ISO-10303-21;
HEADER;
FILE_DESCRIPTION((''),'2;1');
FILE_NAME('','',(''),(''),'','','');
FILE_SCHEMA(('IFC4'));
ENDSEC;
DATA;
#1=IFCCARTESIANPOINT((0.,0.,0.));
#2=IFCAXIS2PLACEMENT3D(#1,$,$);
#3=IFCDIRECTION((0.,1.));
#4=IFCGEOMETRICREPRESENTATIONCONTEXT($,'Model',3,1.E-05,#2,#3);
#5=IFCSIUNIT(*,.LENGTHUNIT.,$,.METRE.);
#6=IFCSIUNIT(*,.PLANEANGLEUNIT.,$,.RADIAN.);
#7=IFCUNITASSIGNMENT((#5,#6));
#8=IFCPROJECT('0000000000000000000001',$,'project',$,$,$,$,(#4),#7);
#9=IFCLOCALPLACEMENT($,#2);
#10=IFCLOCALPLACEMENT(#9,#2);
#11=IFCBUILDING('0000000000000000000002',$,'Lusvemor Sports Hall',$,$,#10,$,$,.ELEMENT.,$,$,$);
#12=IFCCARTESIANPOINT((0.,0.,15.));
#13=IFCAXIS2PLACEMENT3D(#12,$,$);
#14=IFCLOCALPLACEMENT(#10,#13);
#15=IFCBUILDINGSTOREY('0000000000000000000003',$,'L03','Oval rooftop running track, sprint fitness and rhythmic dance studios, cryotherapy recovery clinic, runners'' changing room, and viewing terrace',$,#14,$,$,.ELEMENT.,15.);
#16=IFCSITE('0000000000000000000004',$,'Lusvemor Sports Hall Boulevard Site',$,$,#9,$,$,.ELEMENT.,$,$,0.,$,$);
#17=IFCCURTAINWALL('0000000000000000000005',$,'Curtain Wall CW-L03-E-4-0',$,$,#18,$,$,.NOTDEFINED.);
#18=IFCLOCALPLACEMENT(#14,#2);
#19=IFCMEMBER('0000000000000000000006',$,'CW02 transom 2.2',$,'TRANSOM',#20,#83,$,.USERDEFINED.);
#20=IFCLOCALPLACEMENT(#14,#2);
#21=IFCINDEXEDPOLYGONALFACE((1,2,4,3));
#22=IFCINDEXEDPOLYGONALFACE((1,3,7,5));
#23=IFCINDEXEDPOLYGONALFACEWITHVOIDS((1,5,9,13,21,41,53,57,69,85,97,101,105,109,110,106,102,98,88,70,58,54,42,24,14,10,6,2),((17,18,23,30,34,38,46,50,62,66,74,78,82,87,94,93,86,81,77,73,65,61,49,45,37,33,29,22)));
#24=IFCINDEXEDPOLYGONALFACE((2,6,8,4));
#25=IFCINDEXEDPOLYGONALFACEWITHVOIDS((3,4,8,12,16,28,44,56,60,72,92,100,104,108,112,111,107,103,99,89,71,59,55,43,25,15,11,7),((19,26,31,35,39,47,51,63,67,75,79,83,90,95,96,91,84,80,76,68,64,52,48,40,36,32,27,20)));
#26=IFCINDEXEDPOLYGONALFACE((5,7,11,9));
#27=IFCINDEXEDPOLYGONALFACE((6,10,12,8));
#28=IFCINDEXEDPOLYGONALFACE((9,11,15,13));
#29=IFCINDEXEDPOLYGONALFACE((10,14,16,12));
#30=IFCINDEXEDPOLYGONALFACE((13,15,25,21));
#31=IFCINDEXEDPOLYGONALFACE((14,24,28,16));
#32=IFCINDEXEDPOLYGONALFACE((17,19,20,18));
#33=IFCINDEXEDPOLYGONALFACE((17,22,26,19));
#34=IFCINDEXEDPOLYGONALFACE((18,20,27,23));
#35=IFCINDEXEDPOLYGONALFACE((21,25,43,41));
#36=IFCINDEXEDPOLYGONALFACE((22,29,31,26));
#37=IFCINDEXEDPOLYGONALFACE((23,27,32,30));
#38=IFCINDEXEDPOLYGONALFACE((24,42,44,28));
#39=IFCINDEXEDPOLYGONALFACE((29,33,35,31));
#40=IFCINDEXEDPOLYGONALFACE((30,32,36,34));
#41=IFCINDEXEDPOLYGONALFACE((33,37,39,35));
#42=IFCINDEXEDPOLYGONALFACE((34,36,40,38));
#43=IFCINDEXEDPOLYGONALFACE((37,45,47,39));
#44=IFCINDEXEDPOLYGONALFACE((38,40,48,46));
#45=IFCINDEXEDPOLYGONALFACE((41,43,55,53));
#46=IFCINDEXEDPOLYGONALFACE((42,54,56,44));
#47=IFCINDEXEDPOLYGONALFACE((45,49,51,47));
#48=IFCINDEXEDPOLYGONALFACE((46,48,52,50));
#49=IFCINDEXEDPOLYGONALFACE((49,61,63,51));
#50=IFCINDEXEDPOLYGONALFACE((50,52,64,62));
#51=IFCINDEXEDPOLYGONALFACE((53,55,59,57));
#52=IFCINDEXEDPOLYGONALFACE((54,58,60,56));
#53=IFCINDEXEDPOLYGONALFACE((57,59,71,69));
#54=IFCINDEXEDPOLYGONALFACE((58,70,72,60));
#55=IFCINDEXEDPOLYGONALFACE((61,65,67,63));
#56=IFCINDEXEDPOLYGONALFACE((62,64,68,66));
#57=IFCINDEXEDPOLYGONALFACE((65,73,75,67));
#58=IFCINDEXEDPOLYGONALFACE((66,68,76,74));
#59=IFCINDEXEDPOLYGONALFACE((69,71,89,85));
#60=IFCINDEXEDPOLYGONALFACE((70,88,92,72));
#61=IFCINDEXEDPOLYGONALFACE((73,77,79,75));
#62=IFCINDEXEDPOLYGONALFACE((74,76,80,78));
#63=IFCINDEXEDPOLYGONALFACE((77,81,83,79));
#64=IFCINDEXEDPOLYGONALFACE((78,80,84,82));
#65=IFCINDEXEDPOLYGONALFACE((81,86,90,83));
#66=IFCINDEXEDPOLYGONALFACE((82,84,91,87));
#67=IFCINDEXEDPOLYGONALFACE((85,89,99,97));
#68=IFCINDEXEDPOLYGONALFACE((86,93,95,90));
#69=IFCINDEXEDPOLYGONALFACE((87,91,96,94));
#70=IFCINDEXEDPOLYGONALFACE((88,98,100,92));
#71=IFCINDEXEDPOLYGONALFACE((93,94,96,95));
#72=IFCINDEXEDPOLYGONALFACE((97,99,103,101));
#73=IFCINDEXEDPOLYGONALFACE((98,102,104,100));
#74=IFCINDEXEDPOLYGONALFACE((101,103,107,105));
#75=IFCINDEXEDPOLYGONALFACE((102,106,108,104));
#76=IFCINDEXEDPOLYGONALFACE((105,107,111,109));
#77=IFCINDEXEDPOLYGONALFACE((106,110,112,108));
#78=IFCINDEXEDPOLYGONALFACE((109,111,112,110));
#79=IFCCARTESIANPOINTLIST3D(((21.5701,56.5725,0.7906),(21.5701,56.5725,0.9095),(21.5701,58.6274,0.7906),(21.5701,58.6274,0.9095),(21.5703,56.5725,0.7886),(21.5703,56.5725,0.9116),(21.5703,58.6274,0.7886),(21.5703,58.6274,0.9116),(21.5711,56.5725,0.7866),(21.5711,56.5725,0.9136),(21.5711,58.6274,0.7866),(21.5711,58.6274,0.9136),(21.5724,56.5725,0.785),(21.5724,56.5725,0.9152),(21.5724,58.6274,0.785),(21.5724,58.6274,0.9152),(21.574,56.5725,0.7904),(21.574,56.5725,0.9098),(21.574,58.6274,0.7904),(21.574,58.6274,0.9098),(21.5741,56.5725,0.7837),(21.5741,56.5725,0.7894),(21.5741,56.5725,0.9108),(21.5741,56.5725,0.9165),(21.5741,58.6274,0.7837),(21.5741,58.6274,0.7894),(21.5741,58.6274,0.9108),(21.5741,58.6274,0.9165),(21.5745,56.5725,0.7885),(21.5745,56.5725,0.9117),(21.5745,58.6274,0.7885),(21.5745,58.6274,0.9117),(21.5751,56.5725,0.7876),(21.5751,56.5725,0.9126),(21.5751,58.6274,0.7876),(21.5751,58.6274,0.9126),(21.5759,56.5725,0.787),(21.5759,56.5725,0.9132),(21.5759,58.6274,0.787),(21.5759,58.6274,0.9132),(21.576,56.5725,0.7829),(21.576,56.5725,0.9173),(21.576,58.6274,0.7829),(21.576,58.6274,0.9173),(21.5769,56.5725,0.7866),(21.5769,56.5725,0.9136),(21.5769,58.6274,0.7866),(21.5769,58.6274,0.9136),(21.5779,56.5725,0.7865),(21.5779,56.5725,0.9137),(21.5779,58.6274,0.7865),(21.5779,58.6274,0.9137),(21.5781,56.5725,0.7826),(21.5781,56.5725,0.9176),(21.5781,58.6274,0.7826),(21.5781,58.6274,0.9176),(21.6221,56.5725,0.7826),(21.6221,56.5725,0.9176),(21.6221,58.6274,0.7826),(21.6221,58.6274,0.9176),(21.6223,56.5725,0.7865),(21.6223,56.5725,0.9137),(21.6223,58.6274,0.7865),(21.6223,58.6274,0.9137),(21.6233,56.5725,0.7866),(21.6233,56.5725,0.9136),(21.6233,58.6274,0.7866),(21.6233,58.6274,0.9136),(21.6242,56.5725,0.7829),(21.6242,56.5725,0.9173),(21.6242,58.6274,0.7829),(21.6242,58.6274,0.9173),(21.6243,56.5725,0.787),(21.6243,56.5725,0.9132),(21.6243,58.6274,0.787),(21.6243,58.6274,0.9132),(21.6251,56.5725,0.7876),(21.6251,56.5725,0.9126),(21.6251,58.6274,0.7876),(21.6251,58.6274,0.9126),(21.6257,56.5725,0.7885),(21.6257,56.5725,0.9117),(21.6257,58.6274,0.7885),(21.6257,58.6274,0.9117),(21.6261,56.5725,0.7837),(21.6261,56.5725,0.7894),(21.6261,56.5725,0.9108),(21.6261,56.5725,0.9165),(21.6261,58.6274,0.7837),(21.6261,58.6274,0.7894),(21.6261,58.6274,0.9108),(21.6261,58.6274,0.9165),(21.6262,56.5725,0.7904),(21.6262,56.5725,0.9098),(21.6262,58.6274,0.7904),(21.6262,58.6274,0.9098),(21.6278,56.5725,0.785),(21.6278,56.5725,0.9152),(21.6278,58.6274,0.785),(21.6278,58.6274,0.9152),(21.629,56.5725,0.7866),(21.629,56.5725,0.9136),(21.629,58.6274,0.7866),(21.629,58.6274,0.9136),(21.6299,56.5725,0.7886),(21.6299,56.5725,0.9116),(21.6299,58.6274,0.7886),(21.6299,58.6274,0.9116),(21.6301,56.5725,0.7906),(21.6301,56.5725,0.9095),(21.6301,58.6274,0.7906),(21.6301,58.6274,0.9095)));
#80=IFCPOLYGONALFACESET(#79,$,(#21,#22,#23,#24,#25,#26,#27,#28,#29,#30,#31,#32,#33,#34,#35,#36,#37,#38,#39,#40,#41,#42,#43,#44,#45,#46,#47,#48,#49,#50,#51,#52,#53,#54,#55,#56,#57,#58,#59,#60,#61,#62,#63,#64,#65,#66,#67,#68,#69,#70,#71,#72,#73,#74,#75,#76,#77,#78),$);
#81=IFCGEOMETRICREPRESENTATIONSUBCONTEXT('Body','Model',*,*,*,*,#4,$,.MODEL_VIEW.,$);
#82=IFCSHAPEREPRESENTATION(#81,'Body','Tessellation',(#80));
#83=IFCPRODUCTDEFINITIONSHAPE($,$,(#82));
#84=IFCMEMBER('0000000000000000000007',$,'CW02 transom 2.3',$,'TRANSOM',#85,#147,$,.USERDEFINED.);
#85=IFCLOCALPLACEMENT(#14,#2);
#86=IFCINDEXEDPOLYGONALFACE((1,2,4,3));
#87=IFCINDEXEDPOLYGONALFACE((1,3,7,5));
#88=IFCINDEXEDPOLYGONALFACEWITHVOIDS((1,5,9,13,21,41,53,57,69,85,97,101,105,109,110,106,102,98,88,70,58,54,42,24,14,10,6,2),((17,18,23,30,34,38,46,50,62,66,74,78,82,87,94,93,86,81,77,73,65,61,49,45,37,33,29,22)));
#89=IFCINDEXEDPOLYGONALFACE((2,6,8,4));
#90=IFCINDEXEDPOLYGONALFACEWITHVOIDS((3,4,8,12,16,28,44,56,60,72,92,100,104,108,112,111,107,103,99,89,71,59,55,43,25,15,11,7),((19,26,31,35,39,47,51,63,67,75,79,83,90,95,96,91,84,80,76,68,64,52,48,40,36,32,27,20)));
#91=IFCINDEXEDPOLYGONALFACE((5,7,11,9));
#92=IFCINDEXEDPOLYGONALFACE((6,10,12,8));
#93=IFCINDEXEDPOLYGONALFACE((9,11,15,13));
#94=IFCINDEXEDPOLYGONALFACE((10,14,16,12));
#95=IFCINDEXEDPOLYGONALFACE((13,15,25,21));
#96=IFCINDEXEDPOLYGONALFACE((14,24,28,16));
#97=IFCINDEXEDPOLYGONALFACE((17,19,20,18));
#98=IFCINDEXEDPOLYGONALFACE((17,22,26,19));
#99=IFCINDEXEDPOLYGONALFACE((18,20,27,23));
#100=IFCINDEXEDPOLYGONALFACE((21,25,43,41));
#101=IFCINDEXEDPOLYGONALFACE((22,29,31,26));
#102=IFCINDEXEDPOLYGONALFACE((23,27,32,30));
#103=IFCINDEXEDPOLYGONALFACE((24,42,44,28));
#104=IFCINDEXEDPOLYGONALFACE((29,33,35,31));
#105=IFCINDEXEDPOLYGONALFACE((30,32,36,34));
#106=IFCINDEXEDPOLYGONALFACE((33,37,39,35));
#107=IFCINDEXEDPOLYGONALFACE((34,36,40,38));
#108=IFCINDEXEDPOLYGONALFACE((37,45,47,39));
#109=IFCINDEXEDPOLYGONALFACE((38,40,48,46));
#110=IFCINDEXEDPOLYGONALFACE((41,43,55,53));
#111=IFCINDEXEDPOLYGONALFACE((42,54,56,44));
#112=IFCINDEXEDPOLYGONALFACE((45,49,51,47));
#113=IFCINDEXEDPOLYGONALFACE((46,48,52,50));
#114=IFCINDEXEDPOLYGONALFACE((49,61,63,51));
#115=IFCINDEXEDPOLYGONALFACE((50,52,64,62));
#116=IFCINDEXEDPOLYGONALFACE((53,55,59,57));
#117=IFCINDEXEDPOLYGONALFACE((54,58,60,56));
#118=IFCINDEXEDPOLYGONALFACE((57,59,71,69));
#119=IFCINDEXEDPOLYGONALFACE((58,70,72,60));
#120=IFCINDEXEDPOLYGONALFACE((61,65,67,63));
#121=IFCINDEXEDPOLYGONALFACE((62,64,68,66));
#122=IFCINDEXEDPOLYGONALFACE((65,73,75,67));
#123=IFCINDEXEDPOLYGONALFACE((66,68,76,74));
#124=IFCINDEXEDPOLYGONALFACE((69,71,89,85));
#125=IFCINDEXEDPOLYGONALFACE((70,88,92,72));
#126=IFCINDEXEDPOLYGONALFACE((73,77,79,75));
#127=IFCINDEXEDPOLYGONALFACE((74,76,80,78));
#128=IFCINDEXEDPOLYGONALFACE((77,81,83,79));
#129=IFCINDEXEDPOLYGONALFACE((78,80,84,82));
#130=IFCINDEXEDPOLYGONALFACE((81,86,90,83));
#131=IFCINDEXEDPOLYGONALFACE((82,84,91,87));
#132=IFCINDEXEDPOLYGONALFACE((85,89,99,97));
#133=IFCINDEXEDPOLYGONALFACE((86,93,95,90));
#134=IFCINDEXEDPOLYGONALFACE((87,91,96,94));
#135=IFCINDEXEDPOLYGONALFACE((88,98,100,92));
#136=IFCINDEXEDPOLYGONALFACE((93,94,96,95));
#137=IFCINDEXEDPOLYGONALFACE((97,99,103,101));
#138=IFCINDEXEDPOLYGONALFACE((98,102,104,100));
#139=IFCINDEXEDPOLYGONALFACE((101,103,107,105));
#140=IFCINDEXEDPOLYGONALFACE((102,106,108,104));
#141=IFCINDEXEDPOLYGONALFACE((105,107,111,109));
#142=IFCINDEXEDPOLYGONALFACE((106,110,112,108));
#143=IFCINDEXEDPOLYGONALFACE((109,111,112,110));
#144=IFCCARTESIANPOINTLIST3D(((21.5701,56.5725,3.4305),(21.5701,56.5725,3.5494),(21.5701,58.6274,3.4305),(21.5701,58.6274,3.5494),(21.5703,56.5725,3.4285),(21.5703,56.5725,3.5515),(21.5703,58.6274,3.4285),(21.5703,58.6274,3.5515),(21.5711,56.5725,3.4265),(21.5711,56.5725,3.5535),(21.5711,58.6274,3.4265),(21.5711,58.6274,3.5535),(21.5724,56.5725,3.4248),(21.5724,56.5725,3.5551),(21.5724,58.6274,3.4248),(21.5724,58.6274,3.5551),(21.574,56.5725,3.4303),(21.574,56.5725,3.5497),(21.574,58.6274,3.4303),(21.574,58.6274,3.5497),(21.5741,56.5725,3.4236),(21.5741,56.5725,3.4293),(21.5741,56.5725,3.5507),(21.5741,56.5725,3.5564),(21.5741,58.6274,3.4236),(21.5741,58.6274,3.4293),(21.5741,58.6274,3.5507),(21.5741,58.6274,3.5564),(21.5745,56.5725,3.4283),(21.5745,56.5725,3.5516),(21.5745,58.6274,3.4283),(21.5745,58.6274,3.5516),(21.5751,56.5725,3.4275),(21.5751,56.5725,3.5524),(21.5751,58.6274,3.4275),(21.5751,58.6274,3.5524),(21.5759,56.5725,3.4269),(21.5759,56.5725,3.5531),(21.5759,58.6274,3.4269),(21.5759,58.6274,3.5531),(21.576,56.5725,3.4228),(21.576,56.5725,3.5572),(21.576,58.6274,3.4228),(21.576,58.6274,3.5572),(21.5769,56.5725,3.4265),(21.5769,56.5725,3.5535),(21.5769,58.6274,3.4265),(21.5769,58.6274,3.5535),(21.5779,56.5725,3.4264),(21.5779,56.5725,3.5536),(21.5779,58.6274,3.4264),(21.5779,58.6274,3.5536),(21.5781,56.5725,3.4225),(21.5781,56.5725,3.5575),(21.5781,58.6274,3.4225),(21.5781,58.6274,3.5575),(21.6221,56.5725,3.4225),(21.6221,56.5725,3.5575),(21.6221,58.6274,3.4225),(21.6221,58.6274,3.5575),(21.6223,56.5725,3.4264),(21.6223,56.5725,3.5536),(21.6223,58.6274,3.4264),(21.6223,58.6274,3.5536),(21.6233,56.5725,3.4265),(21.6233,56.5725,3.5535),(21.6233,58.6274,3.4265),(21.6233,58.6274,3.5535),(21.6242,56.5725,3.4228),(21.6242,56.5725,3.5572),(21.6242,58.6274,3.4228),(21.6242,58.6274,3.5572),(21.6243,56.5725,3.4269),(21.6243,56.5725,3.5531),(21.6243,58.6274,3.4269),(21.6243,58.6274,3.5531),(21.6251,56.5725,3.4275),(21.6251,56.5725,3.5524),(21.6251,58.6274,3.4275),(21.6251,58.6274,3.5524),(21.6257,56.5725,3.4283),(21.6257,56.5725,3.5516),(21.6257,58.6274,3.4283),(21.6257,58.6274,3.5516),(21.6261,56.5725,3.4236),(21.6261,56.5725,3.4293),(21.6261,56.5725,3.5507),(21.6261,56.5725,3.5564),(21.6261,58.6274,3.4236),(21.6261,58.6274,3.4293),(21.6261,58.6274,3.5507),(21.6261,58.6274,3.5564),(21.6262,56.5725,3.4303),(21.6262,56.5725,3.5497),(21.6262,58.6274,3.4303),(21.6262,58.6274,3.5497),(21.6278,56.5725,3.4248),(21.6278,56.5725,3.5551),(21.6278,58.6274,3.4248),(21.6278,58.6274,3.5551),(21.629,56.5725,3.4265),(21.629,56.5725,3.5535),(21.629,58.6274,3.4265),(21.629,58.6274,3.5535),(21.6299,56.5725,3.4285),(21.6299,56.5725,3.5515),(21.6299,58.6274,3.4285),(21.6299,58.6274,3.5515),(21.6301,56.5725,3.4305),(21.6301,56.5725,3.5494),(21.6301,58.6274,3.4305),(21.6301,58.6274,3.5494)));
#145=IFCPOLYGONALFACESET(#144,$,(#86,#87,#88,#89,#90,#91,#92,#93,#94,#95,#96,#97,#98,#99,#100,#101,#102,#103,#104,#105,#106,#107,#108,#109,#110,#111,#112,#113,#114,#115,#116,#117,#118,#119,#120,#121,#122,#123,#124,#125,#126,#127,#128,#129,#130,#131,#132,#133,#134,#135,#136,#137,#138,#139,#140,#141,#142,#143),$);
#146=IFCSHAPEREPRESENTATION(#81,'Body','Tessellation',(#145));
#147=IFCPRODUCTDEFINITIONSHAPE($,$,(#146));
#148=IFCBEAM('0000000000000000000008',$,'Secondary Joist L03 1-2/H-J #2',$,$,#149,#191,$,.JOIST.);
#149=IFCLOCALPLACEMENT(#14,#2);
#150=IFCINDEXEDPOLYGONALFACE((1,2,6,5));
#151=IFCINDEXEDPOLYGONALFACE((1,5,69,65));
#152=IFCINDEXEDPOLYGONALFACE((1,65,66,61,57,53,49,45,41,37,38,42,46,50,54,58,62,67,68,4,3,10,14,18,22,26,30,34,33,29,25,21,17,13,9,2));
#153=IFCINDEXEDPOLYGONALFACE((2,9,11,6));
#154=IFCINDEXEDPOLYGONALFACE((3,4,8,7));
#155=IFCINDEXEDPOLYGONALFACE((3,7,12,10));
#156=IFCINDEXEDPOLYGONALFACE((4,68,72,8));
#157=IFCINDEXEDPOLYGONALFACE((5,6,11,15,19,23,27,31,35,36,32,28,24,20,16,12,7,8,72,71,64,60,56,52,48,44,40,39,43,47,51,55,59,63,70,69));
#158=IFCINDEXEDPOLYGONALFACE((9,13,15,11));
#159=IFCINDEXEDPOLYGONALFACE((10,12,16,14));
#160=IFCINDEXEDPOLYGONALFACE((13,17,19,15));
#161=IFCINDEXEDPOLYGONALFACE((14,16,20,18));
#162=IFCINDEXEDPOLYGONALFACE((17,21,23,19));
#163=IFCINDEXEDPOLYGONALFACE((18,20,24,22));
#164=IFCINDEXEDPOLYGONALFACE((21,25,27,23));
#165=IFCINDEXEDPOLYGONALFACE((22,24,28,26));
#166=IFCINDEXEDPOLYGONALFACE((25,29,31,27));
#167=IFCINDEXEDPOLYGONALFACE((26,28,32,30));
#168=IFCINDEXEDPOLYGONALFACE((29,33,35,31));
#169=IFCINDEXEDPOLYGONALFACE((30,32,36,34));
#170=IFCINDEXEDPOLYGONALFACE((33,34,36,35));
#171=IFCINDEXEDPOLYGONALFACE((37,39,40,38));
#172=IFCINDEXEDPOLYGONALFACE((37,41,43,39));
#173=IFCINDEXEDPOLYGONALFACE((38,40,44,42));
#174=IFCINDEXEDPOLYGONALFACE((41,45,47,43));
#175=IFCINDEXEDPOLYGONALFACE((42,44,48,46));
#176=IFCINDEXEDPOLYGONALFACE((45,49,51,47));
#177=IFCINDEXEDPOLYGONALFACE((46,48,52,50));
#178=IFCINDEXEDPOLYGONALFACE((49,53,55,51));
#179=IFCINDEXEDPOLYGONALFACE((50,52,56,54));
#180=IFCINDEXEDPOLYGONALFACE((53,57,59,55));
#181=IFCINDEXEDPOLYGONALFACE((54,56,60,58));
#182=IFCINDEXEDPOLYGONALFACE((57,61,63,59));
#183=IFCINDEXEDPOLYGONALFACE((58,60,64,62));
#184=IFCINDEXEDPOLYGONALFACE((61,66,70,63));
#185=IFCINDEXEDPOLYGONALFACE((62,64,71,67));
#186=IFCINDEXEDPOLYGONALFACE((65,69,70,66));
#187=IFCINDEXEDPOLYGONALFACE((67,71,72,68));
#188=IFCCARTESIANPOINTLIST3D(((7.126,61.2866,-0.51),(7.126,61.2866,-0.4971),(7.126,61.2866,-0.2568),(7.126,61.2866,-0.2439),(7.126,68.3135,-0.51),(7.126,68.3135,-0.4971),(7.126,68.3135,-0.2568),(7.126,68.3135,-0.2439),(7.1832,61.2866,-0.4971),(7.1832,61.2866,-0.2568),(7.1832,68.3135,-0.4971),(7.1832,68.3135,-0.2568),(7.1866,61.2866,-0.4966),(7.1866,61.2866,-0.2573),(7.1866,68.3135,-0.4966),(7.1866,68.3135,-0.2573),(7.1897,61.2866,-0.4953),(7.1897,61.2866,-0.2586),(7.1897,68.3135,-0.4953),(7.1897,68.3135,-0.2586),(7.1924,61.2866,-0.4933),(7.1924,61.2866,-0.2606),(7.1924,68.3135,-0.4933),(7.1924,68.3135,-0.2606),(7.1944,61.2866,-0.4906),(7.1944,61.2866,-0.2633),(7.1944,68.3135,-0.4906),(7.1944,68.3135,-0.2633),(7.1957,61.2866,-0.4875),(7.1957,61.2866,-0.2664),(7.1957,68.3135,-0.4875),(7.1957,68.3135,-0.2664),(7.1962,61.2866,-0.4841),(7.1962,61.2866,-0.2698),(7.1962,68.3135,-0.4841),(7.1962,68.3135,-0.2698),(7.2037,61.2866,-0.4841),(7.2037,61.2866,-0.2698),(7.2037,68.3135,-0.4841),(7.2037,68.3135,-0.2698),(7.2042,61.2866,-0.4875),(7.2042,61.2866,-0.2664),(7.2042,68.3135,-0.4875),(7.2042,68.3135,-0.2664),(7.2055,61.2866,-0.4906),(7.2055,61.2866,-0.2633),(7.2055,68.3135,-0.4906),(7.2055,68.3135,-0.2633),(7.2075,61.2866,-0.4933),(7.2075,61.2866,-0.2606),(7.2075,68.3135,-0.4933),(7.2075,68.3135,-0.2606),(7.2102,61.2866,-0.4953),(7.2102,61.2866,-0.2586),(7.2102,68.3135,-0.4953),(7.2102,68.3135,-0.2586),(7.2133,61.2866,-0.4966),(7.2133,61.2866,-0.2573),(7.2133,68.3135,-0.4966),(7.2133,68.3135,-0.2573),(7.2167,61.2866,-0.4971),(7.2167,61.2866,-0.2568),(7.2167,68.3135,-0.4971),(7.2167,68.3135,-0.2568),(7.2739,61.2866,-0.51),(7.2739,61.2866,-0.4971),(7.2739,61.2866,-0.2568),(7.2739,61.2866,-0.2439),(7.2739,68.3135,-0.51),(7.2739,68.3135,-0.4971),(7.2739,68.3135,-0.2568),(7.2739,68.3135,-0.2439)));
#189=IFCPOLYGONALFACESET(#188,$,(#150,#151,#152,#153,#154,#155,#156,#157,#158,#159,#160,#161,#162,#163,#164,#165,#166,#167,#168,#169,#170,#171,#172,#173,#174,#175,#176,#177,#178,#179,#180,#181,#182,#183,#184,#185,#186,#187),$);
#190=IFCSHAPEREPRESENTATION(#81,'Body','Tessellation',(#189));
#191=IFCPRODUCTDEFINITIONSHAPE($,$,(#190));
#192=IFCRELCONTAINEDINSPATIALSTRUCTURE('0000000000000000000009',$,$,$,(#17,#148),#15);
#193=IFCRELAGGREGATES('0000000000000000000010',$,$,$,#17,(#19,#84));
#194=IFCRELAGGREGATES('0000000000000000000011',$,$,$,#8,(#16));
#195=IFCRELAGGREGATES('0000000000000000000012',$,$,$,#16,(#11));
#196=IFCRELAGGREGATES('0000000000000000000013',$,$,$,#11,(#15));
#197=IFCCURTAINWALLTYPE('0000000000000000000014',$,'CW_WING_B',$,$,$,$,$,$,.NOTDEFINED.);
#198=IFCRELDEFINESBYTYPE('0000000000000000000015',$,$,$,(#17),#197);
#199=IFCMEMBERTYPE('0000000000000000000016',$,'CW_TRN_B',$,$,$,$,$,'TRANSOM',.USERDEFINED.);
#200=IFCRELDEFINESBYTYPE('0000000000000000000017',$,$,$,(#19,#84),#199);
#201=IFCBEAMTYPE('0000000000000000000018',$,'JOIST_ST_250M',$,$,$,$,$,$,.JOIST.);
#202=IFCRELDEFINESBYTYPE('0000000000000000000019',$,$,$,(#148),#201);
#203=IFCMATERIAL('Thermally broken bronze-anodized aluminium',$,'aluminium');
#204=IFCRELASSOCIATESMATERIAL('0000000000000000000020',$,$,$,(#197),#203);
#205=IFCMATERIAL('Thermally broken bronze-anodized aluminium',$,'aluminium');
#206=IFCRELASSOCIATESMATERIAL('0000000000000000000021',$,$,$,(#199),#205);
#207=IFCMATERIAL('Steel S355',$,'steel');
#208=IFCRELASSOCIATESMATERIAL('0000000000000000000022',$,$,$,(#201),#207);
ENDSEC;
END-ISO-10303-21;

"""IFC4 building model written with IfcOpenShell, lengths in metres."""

from ifc_helpers import new_model, si_unit, direction, frame, origin, origin_2d, place, context, subcontext, project, spatial, hollow_rectangle, i_section, extrude, material, material_profile, profile_set, type_object, element, aggregate, save


model = new_model("IFC4")

# Units and contexts
model_context = context("Model", 3, precision=1e-05, world=origin(), true_north=direction((0.0, 1.0)))
body_context = subcontext(model_context, "Body", "Model", "MODEL_VIEW")
ifc_project = project(units=[si_unit("LENGTHUNIT", "METRE"), si_unit("PLANEANGLEUNIT", "RADIAN")], contexts=[model_context])

# Site, building, storey
site_placement = place(None, origin())
site = spatial("IfcSite", under=ifc_project, at=site_placement, Name="Lusvemor Sports Hall Boulevard Site", CompositionType="ELEMENT", RefElevation=0.0)
building_placement = place(site_placement, origin())
building = spatial("IfcBuilding", under=site, at=building_placement, Name="Lusvemor Sports Hall", CompositionType="ELEMENT")
storey_placement = place(building_placement, frame((0.0, 0.0, 15.0)))
storey = spatial("IfcBuildingStorey", under=building, at=storey_placement, Name="L03", Description="Oval rooftop running track, sprint fitness and rhythmic dance studios, cryotherapy recovery clinic, runners' changing room, and viewing terrace", CompositionType="ELEMENT", Elevation=15.0)

# Shared definitions
ifc_material_1 = material(Name="Thermally broken bronze-anodized aluminium", Category="aluminium")
curtain_wall_type = type_object("IfcCurtainWallType", Name="CW_WING_B", PredefinedType="NOTDEFINED", material=ifc_material_1)

# Curtain wall, members
curtain_wall_1_placement = place(storey_placement, origin())
curtain_wall_1 = element("IfcCurtainWall", 1, at=curtain_wall_1_placement, inside=storey, type_object=curtain_wall_type, Name="Curtain Wall CW-L03-E-4-0", PredefinedType="NOTDEFINED")
ifc_material_2 = material(Name="Thermally broken bronze-anodized aluminium", Category="aluminium")
ifc_material_profile_1 = material_profile(ifc_material_2, hollow_rectangle(XDim=0.0601, YDim=0.135, WallThickness=0.0039, InnerFilletRadius=0.0039, OuterFilletRadius=0.0081, at=origin_2d()), Name="CWTRN135x60x4")
ifc_profile_set_1 = profile_set([ifc_material_profile_1], Name="Thermally broken bronze-anodized aluminium")
member_type_1 = type_object("IfcMemberType", Name="CW_TRN_B", ElementType="TRANSOM", PredefinedType="USERDEFINED", material=ifc_profile_set_1)
member_1_placement = place(storey_placement, frame((21.6001, 58.6274, 0.8501), z_axis=(0.0, -1.0, 0.0), x_axis=(1.0, 0.0, 0.0)))
member_1 = element("IfcMember", 2, at=member_1_placement, type_object=member_type_1, Name="CW02 transom 2.2", ObjectType="TRANSOM", PredefinedType="USERDEFINED", context=body_context, shape_type="SweptSolid", body=[
    extrude(hollow_rectangle(XDim=0.0601, YDim=0.135, WallThickness=0.0039, InnerFilletRadius=0.0039, OuterFilletRadius=0.0081, at=origin_2d()), origin(), (0.0, 0.0, 1.0), 2.0549),
])
member_2_placement = place(storey_placement, frame((21.6001, 58.6274, 3.49), z_axis=(0.0, -1.0, 0.0), x_axis=(1.0, 0.0, 0.0)))
member_2 = element("IfcMember", 3, at=member_2_placement, type_object=member_type_1, Name="CW02 transom 2.3", ObjectType="TRANSOM", PredefinedType="USERDEFINED", context=body_context, shape_type="SweptSolid", body=[
    extrude(hollow_rectangle(XDim=0.0601, YDim=0.135, WallThickness=0.0039, InnerFilletRadius=0.0039, OuterFilletRadius=0.0081, at=origin_2d()), origin(), (0.0, 0.0, 1.0), 2.0549),
])

# Beam
ifc_material_3 = material(Name="Steel S355", Category="steel")
ifc_material_profile_2 = material_profile(ifc_material_3, i_section(OverallWidth=0.1479, OverallDepth=0.2661, WebThickness=0.0076, FlangeThickness=0.0129, FilletRadius=0.0129, at=origin_2d()), Name="W250x44.8")
ifc_profile_set_2 = profile_set([ifc_material_profile_2], Name="Steel S355")
beam_type_1 = type_object("IfcBeamType", Name="JOIST_ST_250M", PredefinedType="JOIST", material=ifc_profile_set_2)
for number, where, z_axis, x_axis, name in (
    (4, (7.2, 61.2866, -0.377), (0.0, 1.0, 0.0), (-1.0, 0.0, 0.0), "Secondary Joist L03 1-2/H-J #2"),
):
    element("IfcBeam", number, at=place(storey_placement, frame(where, z_axis=z_axis, x_axis=x_axis)), inside=storey, type_object=beam_type_1, Name=name, PredefinedType="JOIST", context=body_context, shape_type="SweptSolid", body=[
        extrude(i_section(OverallWidth=0.1479, OverallDepth=0.2661, WebThickness=0.0076, FlangeThickness=0.0129, FilletRadius=0.0129, at=origin_2d()), origin(), (0.0, 0.0, 1.0), 7.0269),
    ])

aggregate(curtain_wall_1, [member_1, member_2])

save(model, "model.ifc")
